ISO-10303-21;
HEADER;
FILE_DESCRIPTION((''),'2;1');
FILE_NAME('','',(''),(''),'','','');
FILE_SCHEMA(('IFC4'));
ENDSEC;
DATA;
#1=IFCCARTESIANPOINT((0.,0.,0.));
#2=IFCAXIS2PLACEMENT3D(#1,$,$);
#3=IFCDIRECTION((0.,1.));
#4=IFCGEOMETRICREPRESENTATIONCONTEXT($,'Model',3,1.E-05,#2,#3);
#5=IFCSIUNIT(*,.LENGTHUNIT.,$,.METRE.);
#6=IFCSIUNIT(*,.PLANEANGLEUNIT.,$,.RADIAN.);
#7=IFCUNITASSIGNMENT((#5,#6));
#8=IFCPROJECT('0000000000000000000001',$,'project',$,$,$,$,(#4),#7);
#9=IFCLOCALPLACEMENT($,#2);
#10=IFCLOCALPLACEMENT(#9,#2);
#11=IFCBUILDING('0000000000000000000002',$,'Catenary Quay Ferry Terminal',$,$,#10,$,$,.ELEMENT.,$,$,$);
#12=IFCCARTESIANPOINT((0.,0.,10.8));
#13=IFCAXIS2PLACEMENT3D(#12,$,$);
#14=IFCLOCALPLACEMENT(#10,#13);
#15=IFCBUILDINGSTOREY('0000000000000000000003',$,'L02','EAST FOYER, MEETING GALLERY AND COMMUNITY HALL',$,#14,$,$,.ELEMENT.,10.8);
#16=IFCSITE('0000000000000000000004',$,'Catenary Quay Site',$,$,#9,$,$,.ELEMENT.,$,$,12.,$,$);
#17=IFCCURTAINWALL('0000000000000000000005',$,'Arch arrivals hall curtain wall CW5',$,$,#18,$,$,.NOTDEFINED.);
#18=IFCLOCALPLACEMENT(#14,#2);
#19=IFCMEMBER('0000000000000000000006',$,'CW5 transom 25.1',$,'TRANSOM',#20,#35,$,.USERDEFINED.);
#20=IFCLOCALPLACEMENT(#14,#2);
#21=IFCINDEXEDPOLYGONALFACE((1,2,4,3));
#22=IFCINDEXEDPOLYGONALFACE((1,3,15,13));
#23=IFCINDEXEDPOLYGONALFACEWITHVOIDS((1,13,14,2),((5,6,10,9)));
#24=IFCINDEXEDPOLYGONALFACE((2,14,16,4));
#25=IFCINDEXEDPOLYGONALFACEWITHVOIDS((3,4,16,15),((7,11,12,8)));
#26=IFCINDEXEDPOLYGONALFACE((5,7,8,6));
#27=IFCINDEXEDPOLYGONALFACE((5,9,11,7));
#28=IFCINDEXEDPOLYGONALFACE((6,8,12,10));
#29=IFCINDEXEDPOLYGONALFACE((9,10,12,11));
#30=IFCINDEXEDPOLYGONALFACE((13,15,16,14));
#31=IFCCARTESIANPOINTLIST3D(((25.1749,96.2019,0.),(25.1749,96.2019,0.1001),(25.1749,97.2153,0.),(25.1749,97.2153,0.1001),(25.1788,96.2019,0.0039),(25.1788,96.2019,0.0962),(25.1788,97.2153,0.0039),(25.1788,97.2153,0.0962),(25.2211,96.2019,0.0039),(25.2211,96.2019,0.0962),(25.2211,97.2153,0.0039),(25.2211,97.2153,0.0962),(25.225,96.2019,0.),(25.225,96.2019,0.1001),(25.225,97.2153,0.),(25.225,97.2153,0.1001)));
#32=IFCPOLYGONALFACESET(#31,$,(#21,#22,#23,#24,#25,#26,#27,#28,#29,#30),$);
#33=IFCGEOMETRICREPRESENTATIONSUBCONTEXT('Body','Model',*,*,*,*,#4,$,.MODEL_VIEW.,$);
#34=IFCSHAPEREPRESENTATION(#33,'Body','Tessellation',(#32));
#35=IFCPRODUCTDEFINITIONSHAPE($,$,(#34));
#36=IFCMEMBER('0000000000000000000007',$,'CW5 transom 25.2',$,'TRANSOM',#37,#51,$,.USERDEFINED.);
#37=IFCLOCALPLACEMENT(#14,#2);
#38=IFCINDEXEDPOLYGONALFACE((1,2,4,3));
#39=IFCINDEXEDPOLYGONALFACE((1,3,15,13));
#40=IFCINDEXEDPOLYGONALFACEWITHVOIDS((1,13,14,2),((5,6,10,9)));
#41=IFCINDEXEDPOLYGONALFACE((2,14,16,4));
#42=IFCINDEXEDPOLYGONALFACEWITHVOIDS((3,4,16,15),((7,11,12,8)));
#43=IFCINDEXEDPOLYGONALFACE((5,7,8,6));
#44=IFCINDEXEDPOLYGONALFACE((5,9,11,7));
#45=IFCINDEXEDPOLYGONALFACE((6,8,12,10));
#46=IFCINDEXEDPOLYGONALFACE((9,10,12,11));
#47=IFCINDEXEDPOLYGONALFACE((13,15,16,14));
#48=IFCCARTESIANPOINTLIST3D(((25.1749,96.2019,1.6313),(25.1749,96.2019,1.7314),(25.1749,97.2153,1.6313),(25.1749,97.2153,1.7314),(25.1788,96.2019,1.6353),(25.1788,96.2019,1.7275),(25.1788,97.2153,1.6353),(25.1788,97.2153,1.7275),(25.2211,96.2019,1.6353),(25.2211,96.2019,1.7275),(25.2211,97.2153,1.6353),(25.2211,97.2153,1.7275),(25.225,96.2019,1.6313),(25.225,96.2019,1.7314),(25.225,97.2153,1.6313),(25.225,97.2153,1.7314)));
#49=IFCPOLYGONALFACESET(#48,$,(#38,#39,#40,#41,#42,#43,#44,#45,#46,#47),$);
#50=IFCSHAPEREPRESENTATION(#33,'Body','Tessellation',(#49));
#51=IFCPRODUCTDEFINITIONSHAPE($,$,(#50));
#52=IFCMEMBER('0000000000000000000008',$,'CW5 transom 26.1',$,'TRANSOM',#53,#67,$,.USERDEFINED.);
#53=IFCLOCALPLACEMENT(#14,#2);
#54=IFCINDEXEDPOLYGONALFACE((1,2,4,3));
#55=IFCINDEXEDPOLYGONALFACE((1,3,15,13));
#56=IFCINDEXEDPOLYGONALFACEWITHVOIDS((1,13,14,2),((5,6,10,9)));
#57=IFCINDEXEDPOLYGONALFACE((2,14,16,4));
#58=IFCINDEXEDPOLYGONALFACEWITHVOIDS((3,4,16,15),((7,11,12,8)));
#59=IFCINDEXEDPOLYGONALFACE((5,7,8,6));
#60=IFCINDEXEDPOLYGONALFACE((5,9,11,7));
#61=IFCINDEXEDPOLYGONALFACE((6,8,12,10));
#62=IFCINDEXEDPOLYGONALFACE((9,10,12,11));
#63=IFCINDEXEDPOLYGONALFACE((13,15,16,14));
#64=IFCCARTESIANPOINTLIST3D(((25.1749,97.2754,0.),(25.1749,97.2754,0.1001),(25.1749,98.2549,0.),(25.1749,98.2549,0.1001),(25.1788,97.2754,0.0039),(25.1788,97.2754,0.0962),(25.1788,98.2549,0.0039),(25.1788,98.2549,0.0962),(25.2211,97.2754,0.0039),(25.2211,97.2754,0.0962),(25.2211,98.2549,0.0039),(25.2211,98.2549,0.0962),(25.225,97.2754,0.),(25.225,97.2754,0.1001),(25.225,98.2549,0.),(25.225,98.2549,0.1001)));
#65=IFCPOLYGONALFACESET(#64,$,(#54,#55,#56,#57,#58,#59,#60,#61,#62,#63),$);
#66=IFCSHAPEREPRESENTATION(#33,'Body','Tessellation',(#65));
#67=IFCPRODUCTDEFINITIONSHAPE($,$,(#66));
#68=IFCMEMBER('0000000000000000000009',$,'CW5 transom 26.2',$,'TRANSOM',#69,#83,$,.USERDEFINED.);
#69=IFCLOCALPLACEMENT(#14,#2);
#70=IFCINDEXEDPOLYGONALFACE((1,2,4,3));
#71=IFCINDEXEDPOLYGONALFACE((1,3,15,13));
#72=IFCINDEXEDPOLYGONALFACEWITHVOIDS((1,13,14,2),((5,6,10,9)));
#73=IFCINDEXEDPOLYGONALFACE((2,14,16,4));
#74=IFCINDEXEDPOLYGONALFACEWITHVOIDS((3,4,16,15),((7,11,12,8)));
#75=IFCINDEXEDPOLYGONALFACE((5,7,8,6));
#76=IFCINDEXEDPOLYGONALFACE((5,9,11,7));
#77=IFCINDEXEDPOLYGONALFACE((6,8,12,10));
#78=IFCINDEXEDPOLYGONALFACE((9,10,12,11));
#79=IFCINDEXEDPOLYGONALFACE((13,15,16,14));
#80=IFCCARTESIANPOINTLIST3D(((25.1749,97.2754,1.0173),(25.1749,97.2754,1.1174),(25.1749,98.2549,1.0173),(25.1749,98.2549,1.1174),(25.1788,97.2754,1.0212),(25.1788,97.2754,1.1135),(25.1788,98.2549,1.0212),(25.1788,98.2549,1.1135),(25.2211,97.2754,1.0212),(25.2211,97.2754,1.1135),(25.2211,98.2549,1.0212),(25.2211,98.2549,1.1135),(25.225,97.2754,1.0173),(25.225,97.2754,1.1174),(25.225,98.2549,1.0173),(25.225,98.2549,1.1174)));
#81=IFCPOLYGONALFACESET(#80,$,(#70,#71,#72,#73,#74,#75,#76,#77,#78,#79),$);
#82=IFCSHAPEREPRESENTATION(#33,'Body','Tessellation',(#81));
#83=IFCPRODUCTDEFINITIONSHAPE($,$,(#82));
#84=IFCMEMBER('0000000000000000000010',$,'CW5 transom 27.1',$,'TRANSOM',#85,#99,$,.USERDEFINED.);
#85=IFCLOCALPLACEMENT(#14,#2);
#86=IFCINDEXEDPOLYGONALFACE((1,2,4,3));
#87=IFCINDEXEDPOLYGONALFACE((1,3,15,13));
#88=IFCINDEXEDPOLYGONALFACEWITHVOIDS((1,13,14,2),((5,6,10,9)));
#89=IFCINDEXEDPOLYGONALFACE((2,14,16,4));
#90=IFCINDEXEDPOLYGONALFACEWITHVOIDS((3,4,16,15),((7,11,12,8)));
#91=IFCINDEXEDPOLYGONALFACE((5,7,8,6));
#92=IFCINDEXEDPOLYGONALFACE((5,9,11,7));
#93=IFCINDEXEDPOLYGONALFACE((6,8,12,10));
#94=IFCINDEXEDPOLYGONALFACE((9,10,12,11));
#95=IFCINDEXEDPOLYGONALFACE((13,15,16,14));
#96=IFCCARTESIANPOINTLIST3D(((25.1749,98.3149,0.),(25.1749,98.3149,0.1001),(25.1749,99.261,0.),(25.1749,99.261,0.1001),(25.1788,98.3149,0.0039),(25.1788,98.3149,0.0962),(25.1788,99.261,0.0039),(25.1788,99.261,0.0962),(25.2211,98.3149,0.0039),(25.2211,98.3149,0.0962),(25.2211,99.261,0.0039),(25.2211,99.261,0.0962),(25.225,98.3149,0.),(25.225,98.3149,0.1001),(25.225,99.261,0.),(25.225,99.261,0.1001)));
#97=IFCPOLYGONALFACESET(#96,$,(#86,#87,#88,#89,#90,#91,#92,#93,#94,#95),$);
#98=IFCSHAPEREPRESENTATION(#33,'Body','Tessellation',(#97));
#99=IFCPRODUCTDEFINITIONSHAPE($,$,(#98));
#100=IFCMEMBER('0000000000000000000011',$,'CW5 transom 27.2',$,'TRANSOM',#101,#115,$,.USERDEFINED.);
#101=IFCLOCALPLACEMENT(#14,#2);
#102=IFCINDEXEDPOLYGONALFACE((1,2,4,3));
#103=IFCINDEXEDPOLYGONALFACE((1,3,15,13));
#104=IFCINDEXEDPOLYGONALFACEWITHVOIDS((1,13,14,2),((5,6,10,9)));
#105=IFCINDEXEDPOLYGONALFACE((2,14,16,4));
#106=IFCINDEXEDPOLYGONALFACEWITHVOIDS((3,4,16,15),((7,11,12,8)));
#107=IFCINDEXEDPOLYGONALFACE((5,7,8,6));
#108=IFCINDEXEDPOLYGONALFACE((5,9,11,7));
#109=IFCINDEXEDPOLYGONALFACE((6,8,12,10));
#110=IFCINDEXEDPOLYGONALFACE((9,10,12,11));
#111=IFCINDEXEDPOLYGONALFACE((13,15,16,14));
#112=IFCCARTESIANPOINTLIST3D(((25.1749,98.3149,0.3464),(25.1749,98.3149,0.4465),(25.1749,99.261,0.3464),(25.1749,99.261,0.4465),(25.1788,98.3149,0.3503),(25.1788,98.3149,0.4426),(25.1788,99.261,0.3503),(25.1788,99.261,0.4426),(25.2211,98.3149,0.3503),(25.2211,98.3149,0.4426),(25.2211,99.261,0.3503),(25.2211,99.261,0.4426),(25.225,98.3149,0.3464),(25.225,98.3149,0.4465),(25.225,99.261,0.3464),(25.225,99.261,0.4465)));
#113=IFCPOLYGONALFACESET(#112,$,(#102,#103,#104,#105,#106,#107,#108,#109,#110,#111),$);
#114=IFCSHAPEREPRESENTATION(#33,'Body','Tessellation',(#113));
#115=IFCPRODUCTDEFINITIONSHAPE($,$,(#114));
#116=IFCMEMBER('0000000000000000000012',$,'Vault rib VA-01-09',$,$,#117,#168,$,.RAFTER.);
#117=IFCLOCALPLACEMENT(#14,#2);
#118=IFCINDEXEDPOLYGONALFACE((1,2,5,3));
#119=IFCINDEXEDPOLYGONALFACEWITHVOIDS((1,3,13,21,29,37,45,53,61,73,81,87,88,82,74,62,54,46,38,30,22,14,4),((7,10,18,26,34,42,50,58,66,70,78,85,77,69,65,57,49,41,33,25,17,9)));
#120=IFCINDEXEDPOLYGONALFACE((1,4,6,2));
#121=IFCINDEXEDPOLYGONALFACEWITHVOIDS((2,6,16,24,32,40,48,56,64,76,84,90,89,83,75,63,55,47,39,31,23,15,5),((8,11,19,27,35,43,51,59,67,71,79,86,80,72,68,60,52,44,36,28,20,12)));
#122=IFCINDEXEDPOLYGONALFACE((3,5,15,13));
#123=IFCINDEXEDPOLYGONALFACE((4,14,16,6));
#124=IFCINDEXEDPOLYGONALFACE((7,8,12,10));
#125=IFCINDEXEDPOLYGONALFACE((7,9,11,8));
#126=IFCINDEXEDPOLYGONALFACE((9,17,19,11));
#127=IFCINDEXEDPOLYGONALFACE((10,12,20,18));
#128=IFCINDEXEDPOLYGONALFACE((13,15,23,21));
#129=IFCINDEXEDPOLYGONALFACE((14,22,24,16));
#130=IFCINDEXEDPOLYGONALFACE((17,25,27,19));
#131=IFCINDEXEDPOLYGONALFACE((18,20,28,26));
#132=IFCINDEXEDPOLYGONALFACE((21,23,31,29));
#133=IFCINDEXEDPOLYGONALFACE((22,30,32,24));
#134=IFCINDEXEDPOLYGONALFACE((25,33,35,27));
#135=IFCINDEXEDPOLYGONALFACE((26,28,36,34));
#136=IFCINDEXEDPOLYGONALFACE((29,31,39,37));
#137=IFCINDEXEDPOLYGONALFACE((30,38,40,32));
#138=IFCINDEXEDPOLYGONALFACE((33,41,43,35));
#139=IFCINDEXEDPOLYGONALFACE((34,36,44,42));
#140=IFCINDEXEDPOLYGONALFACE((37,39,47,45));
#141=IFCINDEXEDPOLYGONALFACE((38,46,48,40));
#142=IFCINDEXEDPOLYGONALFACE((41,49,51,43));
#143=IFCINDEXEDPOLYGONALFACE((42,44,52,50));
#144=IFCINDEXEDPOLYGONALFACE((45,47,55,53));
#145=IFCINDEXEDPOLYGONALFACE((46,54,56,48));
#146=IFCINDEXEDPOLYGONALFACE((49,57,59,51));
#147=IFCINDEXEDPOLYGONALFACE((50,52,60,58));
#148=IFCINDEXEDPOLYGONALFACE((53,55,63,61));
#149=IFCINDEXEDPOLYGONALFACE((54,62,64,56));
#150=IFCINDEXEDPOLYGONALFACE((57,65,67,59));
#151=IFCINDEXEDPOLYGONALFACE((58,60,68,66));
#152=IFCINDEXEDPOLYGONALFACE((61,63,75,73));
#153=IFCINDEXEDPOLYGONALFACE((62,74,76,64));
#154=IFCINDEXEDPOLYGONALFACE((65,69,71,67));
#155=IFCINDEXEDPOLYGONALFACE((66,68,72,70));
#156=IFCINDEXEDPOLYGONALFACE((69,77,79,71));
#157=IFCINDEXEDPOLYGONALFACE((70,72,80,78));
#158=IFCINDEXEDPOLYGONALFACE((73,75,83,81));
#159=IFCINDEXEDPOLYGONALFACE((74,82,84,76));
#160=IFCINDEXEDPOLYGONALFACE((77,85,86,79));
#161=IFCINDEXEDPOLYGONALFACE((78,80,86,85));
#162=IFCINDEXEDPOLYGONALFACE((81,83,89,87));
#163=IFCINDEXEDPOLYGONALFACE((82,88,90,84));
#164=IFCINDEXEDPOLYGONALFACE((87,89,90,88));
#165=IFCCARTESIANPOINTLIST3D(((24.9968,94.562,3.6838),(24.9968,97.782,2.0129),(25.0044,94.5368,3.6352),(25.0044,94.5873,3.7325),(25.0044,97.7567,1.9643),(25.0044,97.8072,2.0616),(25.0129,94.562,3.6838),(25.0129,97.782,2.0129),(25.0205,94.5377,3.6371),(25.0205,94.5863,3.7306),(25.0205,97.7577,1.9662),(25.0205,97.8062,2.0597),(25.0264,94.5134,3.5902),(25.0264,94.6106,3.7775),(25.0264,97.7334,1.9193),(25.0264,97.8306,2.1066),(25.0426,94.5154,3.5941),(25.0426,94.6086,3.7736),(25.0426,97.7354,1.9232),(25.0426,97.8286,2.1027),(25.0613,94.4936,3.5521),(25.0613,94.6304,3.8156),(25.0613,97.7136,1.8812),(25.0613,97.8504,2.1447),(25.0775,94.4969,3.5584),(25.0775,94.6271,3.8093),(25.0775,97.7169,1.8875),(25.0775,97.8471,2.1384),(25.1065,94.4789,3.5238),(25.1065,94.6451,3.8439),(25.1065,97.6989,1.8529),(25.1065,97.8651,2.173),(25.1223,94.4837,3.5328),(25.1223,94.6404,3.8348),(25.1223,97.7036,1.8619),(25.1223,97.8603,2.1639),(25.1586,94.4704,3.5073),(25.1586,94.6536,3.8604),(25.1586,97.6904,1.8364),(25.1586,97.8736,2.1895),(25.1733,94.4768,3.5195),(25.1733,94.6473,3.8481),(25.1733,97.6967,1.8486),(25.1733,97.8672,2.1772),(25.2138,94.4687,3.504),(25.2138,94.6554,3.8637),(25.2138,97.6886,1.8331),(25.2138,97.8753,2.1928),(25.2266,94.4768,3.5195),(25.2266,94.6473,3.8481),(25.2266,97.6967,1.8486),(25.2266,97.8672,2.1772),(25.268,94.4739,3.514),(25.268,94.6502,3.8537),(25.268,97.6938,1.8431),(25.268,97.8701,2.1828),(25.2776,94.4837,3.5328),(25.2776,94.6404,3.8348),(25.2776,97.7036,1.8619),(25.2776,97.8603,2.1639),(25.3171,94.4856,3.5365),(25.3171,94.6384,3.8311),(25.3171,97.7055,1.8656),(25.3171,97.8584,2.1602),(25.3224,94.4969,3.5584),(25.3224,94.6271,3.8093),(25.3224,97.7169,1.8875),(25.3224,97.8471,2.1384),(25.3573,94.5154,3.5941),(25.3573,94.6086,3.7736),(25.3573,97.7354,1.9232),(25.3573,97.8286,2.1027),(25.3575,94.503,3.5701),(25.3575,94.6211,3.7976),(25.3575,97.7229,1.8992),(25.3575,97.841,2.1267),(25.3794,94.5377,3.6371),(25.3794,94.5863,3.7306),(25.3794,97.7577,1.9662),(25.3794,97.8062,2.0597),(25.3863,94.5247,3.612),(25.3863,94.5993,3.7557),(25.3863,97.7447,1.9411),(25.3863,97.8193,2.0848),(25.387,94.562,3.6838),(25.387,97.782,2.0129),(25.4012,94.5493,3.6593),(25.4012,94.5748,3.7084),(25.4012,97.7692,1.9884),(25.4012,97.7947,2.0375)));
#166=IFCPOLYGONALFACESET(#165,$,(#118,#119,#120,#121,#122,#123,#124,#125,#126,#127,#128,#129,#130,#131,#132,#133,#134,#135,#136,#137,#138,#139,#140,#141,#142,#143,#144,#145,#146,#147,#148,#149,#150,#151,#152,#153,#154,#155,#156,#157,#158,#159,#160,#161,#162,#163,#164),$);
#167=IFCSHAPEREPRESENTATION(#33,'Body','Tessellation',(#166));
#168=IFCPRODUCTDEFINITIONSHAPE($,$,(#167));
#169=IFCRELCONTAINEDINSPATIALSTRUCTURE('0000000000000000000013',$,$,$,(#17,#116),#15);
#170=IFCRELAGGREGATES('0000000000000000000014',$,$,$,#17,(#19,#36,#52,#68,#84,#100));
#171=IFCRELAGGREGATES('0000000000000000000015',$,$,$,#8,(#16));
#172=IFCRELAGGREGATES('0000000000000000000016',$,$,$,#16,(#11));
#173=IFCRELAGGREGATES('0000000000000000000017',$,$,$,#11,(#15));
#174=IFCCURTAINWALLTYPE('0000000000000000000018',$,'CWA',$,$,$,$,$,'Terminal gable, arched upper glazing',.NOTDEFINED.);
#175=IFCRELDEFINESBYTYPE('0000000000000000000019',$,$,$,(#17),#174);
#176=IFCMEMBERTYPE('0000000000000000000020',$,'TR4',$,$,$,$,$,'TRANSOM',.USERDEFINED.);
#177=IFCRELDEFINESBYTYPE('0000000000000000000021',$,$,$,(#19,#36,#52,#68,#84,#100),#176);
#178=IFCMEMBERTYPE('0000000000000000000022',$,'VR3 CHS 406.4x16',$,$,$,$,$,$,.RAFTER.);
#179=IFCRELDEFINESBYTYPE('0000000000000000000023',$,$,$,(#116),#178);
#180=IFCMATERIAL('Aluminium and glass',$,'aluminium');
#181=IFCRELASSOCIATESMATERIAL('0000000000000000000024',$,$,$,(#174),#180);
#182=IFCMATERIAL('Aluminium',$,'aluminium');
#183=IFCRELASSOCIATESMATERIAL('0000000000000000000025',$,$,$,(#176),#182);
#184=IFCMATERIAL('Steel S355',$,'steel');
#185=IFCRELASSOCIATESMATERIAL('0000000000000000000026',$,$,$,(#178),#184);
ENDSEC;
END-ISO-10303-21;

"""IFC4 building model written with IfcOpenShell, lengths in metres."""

from ifc_helpers import new_model, si_unit, direction, frame, origin, origin_2d, place, context, subcontext, project, spatial, hollow_rectangle, hollow_circle, extrude, material, material_profile, profile_set, type_object, element, aggregate, save


model = new_model("IFC4")

# Units and contexts
model_context = context("Model", 3, precision=1e-05, world=origin(), true_north=direction((0.0, 1.0)))
body_context = subcontext(model_context, "Body", "Model", "MODEL_VIEW")
ifc_project = project(units=[si_unit("LENGTHUNIT", "METRE"), si_unit("PLANEANGLEUNIT", "RADIAN")], contexts=[model_context])

# Site, building, storey
site_placement = place(None, origin())
site = spatial("IfcSite", under=ifc_project, at=site_placement, Name="Catenary Quay Site", CompositionType="ELEMENT", RefElevation=12.0)
building_placement = place(site_placement, origin())
building = spatial("IfcBuilding", under=site, at=building_placement, Name="Catenary Quay Ferry Terminal", CompositionType="ELEMENT")
storey_placement = place(building_placement, frame((0.0, 0.0, 10.8)))
storey = spatial("IfcBuildingStorey", under=building, at=storey_placement, Name="L02", Description="EAST FOYER, MEETING GALLERY AND COMMUNITY HALL", CompositionType="ELEMENT", Elevation=10.8)

# Curtain wall, members
ifc_material_1 = material(Name="Aluminium and glass", Category="aluminium")
curtain_wall_type = type_object("IfcCurtainWallType", Name="CWA", ElementType="Terminal gable, arched upper glazing", PredefinedType="NOTDEFINED", material=ifc_material_1)
curtain_wall_placement = place(storey_placement, origin())
curtain_wall = element("IfcCurtainWall", 1, at=curtain_wall_placement, inside=storey, type_object=curtain_wall_type, Name="Arch arrivals hall curtain wall CW5", PredefinedType="NOTDEFINED")
ifc_material_2 = material(Name="Aluminium", Category="aluminium")
ifc_material_profile_1 = material_profile(ifc_material_2, hollow_rectangle(XDim=0.05, YDim=0.1001, WallThickness=0.0039, at=origin_2d()), Name="TR4")
ifc_profile_set_1 = profile_set([ifc_material_profile_1], Name="Aluminium")
member_type_1 = type_object("IfcMemberType", Name="TR4", ElementType="TRANSOM", PredefinedType="USERDEFINED", material=ifc_profile_set_1)
member_1_placement = place(storey_placement, frame((25.2, 96.2019, 0.05), z_axis=(0.0, 1.0, 0.0), x_axis=(-1.0, 0.0, 0.0)))
member_1 = element("IfcMember", 2, at=member_1_placement, type_object=member_type_1, Name="CW5 transom 25.1", ObjectType="TRANSOM", PredefinedType="USERDEFINED", context=body_context, shape_type="SweptSolid", body=[
    extrude(hollow_rectangle(XDim=0.05, YDim=0.1001, WallThickness=0.0039, at=origin_2d()), origin(), (0.0, 0.0, 1.0), 1.0134),
])
member_2_placement = place(storey_placement, frame((25.2, 96.2019, 1.6814), z_axis=(0.0, 1.0, 0.0), x_axis=(-1.0, 0.0, 0.0)))
member_2 = element("IfcMember", 3, at=member_2_placement, type_object=member_type_1, Name="CW5 transom 25.2", ObjectType="TRANSOM", PredefinedType="USERDEFINED", context=body_context, shape_type="SweptSolid", body=[
    extrude(hollow_rectangle(XDim=0.05, YDim=0.1001, WallThickness=0.0039, at=origin_2d()), origin(), (0.0, 0.0, 1.0), 1.0134),
])
member_3_placement = place(storey_placement, frame((25.2, 97.2754, 0.05), z_axis=(0.0, 1.0, 0.0), x_axis=(-1.0, 0.0, 0.0)))
member_3 = element("IfcMember", 4, at=member_3_placement, type_object=member_type_1, Name="CW5 transom 26.1", ObjectType="TRANSOM", PredefinedType="USERDEFINED", context=body_context, shape_type="SweptSolid", body=[
    extrude(hollow_rectangle(XDim=0.05, YDim=0.1001, WallThickness=0.0039, at=origin_2d()), origin(), (0.0, 0.0, 1.0), 0.9795),
])
member_4_placement = place(storey_placement, frame((25.2, 97.2754, 1.0674), z_axis=(0.0, 1.0, 0.0), x_axis=(-1.0, 0.0, 0.0)))
member_4 = element("IfcMember", 5, at=member_4_placement, type_object=member_type_1, Name="CW5 transom 26.2", ObjectType="TRANSOM", PredefinedType="USERDEFINED", context=body_context, shape_type="SweptSolid", body=[
    extrude(hollow_rectangle(XDim=0.05, YDim=0.1001, WallThickness=0.0039, at=origin_2d()), origin(), (0.0, 0.0, 1.0), 0.9795),
])
member_5_placement = place(storey_placement, frame((25.2, 98.3149, 0.05), z_axis=(0.0, 1.0, 0.0), x_axis=(-1.0, 0.0, 0.0)))
member_5 = element("IfcMember", 6, at=member_5_placement, type_object=member_type_1, Name="CW5 transom 27.1", ObjectType="TRANSOM", PredefinedType="USERDEFINED", context=body_context, shape_type="SweptSolid", body=[
    extrude(hollow_rectangle(XDim=0.05, YDim=0.1001, WallThickness=0.0039, at=origin_2d()), origin(), (0.0, 0.0, 1.0), 0.946),
])
member_6_placement = place(storey_placement, frame((25.2, 98.3149, 0.3965), z_axis=(0.0, 1.0, 0.0), x_axis=(-1.0, 0.0, 0.0)))
member_6 = element("IfcMember", 7, at=member_6_placement, type_object=member_type_1, Name="CW5 transom 27.2", ObjectType="TRANSOM", PredefinedType="USERDEFINED", context=body_context, shape_type="SweptSolid", body=[
    extrude(hollow_rectangle(XDim=0.05, YDim=0.1001, WallThickness=0.0039, at=origin_2d()), origin(), (0.0, 0.0, 1.0), 0.946),
])

# Member
ifc_material_3 = material(Name="Steel S355", Category="steel")
ifc_material_profile_2 = material_profile(ifc_material_3, hollow_circle(Radius=0.2031, WallThickness=0.0161, at=origin_2d()), Name="CHS 406.4x16")
ifc_profile_set_2 = profile_set([ifc_material_profile_2], Name="Steel S355")
member_type_2 = type_object("IfcMemberType", Name="VR3 CHS 406.4x16", PredefinedType="RAFTER", material=ifc_profile_set_2)
for number, where, z_axis, x_axis, name in (
    (8, (25.2, 94.562, 3.6838), (0.0, 0.88761, -0.460596), (-1.0, 0.0, 0.0), "Vault rib VA-01-09"),
):
    element("IfcMember", number, at=place(storey_placement, frame(where, z_axis=z_axis, x_axis=x_axis)), inside=storey, type_object=member_type_2, Name=name, PredefinedType="RAFTER", context=body_context, shape_type="SweptSolid", body=[
        extrude(hollow_circle(Radius=0.2031, WallThickness=0.0161, at=origin_2d()), origin(), (0.0, 0.0, 1.0), 3.6277),
    ])

aggregate(curtain_wall, [member_1, member_2, member_3, member_4, member_5, member_6])

save(model, "model.ifc")
